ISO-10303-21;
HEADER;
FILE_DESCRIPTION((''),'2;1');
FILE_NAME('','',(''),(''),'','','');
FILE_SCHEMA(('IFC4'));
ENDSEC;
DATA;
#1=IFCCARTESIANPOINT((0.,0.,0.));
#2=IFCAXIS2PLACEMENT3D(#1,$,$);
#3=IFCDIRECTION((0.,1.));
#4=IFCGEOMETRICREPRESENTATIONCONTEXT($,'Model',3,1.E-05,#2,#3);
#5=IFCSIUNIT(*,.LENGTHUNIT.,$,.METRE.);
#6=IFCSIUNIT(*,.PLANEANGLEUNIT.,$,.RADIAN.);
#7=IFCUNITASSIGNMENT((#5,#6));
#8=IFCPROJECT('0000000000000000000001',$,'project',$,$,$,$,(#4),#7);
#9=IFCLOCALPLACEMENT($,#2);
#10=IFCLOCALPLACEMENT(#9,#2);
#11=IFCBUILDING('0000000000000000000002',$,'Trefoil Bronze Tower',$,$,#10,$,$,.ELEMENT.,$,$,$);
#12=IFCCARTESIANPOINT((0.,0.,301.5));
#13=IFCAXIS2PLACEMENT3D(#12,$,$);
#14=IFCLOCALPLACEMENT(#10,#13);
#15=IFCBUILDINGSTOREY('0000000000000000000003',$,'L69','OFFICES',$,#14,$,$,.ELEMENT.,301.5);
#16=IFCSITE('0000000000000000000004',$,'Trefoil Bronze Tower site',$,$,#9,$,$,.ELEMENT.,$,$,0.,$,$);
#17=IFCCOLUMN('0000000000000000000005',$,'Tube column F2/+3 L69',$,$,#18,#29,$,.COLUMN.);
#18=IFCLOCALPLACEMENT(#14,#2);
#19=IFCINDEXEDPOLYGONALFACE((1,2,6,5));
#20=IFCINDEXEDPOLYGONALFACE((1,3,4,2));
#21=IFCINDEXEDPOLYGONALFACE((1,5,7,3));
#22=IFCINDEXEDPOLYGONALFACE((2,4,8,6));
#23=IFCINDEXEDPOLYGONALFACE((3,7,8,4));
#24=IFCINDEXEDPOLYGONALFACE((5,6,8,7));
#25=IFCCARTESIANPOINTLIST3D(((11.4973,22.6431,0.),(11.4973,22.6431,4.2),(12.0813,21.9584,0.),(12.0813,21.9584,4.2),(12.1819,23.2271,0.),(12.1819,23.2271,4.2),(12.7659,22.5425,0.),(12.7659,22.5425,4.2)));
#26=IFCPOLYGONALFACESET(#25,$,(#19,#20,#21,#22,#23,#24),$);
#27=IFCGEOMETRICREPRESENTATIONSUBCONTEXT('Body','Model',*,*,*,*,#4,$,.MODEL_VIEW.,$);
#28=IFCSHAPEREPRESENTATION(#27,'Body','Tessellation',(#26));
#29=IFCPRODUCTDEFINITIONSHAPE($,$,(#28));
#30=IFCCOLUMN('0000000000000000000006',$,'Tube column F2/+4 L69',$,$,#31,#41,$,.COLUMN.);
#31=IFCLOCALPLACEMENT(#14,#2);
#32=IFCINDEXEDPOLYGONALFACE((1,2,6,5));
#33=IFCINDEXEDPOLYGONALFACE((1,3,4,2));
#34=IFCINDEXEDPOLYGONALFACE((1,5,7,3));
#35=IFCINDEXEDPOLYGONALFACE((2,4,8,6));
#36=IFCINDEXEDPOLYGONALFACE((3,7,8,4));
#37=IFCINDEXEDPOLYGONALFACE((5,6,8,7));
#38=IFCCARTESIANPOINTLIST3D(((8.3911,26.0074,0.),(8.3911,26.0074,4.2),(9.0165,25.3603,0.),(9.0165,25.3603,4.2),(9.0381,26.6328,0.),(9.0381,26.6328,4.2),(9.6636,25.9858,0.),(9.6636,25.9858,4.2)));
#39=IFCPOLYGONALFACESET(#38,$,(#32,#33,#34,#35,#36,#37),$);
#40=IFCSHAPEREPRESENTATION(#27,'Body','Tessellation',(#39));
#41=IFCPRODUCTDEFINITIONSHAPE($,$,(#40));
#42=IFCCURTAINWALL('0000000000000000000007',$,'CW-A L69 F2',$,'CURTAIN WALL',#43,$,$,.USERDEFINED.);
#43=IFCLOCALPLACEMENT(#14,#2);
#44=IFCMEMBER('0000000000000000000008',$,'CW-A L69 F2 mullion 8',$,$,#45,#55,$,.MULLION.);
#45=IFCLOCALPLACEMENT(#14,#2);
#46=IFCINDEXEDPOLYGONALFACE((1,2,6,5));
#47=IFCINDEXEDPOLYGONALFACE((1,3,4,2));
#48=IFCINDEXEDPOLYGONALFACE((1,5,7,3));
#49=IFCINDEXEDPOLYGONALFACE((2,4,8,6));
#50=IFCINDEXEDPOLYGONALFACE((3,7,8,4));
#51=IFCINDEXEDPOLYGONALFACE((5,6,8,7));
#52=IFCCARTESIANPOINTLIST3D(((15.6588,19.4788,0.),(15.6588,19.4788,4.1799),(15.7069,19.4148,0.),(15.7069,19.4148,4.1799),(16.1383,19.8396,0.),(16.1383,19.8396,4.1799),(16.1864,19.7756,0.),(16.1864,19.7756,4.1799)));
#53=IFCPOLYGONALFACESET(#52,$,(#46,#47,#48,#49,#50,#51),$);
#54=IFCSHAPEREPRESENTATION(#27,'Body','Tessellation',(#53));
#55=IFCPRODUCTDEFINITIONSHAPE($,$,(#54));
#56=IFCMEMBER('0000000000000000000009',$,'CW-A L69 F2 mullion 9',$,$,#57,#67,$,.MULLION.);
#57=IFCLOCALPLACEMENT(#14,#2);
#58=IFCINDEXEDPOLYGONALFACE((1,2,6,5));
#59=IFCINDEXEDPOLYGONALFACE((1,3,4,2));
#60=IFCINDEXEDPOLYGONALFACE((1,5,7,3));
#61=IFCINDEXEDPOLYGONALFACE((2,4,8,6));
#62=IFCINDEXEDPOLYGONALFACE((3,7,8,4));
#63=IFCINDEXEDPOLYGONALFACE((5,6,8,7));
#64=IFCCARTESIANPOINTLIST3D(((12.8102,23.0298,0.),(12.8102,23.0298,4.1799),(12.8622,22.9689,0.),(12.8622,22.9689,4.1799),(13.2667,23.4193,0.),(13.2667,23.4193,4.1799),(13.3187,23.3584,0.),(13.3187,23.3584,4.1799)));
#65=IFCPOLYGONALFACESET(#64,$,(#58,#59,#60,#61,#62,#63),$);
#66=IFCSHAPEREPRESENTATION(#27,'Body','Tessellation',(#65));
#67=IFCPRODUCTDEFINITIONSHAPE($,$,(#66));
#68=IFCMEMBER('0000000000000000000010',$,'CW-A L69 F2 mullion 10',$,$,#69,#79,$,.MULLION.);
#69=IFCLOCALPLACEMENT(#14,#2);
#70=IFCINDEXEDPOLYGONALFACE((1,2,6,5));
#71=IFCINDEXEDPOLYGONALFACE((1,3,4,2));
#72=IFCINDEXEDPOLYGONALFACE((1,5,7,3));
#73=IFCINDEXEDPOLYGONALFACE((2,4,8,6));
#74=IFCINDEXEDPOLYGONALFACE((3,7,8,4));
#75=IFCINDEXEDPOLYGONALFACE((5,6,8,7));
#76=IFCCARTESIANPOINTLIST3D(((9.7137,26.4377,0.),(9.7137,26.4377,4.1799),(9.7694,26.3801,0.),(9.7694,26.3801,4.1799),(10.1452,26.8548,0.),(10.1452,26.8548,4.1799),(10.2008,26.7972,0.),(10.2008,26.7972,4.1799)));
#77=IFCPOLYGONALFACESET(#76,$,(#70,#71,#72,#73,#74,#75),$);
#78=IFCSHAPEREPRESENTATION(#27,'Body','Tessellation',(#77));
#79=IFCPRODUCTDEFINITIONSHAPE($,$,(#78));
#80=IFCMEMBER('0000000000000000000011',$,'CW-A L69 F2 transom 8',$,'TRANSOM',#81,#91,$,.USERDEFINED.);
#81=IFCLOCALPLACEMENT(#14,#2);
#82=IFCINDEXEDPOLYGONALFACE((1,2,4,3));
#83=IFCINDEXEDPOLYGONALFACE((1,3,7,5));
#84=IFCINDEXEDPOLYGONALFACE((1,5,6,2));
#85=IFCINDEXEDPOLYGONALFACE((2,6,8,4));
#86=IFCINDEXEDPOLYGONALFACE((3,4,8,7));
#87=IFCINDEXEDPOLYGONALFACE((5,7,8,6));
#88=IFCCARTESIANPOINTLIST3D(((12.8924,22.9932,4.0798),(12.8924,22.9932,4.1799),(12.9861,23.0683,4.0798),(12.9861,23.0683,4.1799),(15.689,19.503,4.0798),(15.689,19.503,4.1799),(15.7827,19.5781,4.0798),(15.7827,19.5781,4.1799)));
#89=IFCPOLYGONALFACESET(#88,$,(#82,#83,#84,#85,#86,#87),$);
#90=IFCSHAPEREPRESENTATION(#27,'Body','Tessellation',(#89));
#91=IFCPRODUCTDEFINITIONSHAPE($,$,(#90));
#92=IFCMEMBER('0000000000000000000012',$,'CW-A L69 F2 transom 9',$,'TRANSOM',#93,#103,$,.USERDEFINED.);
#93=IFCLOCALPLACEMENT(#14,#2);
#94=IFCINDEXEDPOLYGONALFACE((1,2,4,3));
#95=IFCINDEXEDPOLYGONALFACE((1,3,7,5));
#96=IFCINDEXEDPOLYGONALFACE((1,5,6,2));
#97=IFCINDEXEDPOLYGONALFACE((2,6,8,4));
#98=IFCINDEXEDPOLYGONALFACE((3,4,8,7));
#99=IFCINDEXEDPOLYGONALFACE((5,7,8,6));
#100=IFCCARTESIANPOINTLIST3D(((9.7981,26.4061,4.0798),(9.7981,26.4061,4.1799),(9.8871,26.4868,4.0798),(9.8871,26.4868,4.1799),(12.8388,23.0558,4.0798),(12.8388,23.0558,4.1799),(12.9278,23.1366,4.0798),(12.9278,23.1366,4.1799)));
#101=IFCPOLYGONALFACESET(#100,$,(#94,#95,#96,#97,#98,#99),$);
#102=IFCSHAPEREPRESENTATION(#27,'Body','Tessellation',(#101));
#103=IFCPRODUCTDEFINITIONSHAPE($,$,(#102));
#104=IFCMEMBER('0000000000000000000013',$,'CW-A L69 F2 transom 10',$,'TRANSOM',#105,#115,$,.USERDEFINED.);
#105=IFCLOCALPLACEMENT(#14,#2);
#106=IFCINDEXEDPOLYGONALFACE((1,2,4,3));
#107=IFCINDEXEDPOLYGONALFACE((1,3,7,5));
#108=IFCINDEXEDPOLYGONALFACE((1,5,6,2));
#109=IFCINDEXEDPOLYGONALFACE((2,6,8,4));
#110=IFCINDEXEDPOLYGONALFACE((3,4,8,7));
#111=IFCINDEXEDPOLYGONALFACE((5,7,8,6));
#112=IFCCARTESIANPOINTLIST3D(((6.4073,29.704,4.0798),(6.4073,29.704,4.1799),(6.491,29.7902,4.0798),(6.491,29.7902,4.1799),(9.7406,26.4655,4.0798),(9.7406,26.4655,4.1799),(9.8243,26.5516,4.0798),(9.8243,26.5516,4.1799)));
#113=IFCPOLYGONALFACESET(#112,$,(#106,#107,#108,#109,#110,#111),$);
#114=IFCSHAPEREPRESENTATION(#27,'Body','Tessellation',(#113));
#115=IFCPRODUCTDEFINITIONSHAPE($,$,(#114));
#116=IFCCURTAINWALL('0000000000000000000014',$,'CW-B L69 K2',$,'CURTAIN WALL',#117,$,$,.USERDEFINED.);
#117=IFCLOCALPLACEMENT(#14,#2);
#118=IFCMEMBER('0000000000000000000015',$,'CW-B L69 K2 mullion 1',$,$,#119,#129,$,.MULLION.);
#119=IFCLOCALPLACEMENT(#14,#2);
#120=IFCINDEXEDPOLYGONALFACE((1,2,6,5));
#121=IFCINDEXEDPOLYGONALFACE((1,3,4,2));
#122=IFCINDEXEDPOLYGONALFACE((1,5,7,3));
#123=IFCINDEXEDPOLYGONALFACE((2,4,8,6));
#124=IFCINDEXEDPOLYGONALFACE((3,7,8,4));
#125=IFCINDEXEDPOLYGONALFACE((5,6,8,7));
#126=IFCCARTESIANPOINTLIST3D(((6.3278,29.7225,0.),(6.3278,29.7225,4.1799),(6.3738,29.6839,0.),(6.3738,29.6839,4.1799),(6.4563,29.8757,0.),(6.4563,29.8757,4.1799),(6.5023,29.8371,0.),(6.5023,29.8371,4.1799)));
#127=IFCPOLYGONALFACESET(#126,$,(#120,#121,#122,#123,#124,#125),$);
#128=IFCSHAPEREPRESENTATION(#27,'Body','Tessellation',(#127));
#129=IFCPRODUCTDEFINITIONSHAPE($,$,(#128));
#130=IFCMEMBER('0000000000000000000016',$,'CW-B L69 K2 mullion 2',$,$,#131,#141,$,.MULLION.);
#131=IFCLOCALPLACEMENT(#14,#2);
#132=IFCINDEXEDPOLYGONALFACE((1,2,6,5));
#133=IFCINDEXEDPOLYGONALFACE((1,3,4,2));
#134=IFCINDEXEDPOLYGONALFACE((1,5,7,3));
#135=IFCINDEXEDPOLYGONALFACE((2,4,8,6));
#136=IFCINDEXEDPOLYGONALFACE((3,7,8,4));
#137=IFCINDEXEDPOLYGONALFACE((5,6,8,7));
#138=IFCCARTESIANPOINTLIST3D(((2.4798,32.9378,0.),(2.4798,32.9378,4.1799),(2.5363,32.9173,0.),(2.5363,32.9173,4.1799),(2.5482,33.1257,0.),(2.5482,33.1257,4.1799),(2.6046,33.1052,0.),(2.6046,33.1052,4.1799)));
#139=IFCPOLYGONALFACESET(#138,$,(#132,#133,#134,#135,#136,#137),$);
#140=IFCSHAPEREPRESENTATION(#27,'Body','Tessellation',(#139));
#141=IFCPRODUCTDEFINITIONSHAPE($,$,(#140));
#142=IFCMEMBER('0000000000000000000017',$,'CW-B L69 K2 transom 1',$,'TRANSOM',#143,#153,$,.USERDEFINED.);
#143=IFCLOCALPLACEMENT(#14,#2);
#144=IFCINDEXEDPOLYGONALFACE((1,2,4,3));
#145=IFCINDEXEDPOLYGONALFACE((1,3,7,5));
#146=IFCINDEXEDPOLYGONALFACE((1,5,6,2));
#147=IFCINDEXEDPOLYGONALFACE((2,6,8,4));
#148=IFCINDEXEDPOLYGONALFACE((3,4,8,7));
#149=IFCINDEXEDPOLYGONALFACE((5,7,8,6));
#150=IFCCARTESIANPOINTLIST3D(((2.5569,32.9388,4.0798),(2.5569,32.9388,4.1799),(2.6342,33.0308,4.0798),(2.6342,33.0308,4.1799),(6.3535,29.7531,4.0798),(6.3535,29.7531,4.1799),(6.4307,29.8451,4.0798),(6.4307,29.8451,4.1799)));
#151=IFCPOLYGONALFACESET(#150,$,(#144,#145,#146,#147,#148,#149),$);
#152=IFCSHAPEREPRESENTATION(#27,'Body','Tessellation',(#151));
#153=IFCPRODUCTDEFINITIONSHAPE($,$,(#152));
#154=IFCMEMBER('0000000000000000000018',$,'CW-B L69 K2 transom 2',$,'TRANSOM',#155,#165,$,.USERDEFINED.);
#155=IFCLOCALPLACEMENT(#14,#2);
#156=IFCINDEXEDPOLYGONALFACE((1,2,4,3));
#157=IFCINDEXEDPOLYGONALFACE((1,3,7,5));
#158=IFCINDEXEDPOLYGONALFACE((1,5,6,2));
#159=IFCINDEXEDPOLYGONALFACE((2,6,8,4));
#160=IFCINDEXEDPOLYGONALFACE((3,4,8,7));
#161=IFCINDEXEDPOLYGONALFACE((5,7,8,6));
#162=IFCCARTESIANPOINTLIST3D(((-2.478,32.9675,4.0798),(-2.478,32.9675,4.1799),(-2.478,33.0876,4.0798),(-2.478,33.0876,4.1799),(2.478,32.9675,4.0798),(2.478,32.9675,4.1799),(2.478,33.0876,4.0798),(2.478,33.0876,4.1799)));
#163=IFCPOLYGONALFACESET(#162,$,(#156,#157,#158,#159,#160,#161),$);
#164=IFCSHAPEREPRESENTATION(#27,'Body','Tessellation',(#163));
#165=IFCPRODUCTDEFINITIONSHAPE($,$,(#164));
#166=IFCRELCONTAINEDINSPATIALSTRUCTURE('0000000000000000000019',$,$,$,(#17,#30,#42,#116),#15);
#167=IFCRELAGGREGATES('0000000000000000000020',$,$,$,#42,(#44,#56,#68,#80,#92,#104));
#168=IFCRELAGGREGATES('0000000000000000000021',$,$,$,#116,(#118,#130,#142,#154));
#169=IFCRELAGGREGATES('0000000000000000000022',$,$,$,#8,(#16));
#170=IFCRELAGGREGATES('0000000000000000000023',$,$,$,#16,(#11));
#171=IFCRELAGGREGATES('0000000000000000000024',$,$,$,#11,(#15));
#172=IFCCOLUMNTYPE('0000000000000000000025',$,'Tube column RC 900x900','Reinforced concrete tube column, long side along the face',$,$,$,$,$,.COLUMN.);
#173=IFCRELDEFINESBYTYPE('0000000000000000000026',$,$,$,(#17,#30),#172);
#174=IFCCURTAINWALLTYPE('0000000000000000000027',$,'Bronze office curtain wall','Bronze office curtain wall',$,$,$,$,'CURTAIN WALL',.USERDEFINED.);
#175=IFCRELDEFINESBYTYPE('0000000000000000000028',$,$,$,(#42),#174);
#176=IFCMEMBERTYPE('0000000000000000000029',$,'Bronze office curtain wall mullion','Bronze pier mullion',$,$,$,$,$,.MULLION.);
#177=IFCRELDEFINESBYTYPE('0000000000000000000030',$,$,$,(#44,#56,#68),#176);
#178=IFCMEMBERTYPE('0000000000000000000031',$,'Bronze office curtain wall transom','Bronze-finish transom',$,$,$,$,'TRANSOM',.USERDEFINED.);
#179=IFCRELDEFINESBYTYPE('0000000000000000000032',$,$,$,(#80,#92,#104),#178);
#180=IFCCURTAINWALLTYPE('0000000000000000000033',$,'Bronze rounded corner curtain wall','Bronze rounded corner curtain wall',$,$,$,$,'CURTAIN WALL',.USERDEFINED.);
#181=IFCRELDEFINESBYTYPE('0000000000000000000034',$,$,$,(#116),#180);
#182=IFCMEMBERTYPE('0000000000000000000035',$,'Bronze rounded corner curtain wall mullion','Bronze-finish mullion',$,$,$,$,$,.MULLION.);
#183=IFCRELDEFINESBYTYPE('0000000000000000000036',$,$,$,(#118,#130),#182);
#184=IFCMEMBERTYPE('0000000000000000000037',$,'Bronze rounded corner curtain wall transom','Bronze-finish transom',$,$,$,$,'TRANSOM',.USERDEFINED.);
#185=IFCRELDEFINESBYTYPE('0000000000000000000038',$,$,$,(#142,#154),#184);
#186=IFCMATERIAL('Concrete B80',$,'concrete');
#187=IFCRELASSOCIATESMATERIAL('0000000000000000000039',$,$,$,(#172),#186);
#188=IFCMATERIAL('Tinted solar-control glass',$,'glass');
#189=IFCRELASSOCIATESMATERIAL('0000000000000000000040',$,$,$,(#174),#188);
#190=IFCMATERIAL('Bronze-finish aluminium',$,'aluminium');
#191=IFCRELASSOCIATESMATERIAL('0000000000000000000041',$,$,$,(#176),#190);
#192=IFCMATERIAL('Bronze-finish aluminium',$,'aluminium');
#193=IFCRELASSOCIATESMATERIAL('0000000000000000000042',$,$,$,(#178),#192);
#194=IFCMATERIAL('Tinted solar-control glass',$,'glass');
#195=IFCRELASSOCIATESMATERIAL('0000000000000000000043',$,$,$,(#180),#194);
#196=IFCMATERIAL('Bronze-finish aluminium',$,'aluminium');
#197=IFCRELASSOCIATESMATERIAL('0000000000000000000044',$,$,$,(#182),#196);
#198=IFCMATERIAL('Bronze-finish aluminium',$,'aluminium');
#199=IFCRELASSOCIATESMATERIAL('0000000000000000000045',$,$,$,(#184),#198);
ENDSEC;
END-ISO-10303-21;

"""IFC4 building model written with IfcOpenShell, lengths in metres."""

from ifc_helpers import new_model, si_unit, direction, frame, origin, origin_2d, place, context, subcontext, project, spatial, rectangle, extrude, material, material_profile, profile_set, type_object, element, aggregate, save


model = new_model("IFC4")

# Units and contexts
model_context = context("Model", 3, precision=1e-05, world=origin(), true_north=direction((0.0, 1.0)))
body_context = subcontext(model_context, "Body", "Model", "MODEL_VIEW")
ifc_project = project(units=[si_unit("LENGTHUNIT", "METRE"), si_unit("PLANEANGLEUNIT", "RADIAN")], contexts=[model_context])

# Site, building, storey
site_placement = place(None, origin())
site = spatial("IfcSite", under=ifc_project, at=site_placement, Name="Trefoil Bronze Tower site", CompositionType="ELEMENT", RefElevation=0.0)
building_placement = place(site_placement, origin())
building = spatial("IfcBuilding", under=site, at=building_placement, Name="Trefoil Bronze Tower", CompositionType="ELEMENT")
storey_placement = place(building_placement, frame((0.0, 0.0, 301.5)))
storey = spatial("IfcBuildingStorey", under=building, at=storey_placement, Name="L69", Description="OFFICES", CompositionType="ELEMENT", Elevation=301.5)

# Columns
ifc_material_1 = material(Name="Concrete B80", Category="concrete")
ifc_material_profile_1 = material_profile(ifc_material_1, rectangle(XDim=0.8999, YDim=0.8999, at=origin_2d()), Name="RC 900x900")
ifc_profile_set_1 = profile_set([ifc_material_profile_1], Name="Concrete B80")
column_type = type_object("IfcColumnType", Name="Tube column RC 900x900", Description="Reinforced concrete tube column, long side along the face", PredefinedType="COLUMN", material=ifc_profile_set_1)
for number, where, z_axis, x_axis, name in (
    (1, (12.1316, 22.5928, 0.0), (0.0, 0.0, 1.0), (-0.649008, 0.760781, 0.0), "Tube column F2/+3 L69"),
    (2, (9.0273, 25.9966, 0.0), (0.0, 0.0, 1.0), (-0.695009, 0.719001, 0.0), "Tube column F2/+4 L69"),
):
    element("IfcColumn", number, at=place(storey_placement, frame(where, z_axis=z_axis, x_axis=x_axis)), inside=storey, type_object=column_type, Name=name, PredefinedType="COLUMN", context=body_context, shape_type="SweptSolid", body=[
        extrude(rectangle(XDim=0.8999, YDim=0.8999, at=origin_2d()), origin(), (0.0, 0.0, 1.0), 4.2),
    ])

# Curtain walls, members
ifc_material_2 = material(Name="Tinted solar-control glass", Category="glass")
curtain_wall_type_1 = type_object("IfcCurtainWallType", Name="Bronze office curtain wall", Description="Bronze office curtain wall", ElementType="CURTAIN WALL", PredefinedType="USERDEFINED", material=ifc_material_2)
curtain_wall_1_placement = place(storey_placement, origin())
curtain_wall_1 = element("IfcCurtainWall", 3, at=curtain_wall_1_placement, inside=storey, type_object=curtain_wall_type_1, Name="CW-A L69 F2", ObjectType="CURTAIN WALL", PredefinedType="USERDEFINED")
ifc_material_3 = material(Name="Bronze-finish aluminium", Category="aluminium")
ifc_material_profile_2 = material_profile(ifc_material_3, rectangle(XDim=0.6001, YDim=0.0801, at=origin_2d()), Name="CW-A mullion")
ifc_profile_set_2 = profile_set([ifc_material_profile_2], Name="Bronze-finish aluminium")
member_type_1 = type_object("IfcMemberType", Name="Bronze office curtain wall mullion", Description="Bronze pier mullion", PredefinedType="MULLION", material=ifc_profile_set_2)
member_1_placement = place(storey_placement, frame((15.9226, 19.6272, 0.0), z_axis=(0.0, 0.0, 1.0), x_axis=(-0.799096, -0.601203, 0.0)))
member_1 = element("IfcMember", 4, at=member_1_placement, type_object=member_type_1, Name="CW-A L69 F2 mullion 8", PredefinedType="MULLION", context=body_context, shape_type="SweptSolid", body=[
    extrude(rectangle(XDim=0.6001, YDim=0.0801, at=origin_2d()), origin(), (0.0, 0.0, 1.0), 4.1799),
])
member_2_placement = place(storey_placement, frame((13.0645, 23.1941, 0.0), z_axis=(0.0, 0.0, 1.0), x_axis=(-0.760781, -0.649008, 0.0)))
member_2 = element("IfcMember", 5, at=member_2_placement, type_object=member_type_1, Name="CW-A L69 F2 mullion 9", PredefinedType="MULLION", context=body_context, shape_type="SweptSolid", body=[
    extrude(rectangle(XDim=0.6001, YDim=0.0801, at=origin_2d()), origin(), (0.0, 0.0, 1.0), 4.1799),
])
member_3_placement = place(storey_placement, frame((9.9573, 26.6174, 0.0), z_axis=(0.0, 0.0, 1.0), x_axis=(-0.719001, -0.695009, 0.0)))
member_3 = element("IfcMember", 6, at=member_3_placement, type_object=member_type_1, Name="CW-A L69 F2 mullion 10", PredefinedType="MULLION", context=body_context, shape_type="SweptSolid", body=[
    extrude(rectangle(XDim=0.6001, YDim=0.0801, at=origin_2d()), origin(), (0.0, 0.0, 1.0), 4.1799),
])
ifc_material_4 = material(Name="Bronze-finish aluminium", Category="aluminium")
ifc_material_profile_3 = material_profile(ifc_material_4, rectangle(XDim=0.1201, YDim=0.1001, at=origin_2d()), Name="CW-A transom")
ifc_profile_set_3 = profile_set([ifc_material_profile_3], Name="Bronze-finish aluminium")
member_type_2 = type_object("IfcMemberType", Name="Bronze office curtain wall transom", Description="Bronze-finish transom", ElementType="TRANSOM", PredefinedType="USERDEFINED", material=ifc_profile_set_3)
member_4_placement = place(storey_placement, frame((15.7358, 19.5405, 4.1299), z_axis=(-0.625301, 0.780384, 0.0), x_axis=(-0.780384, -0.625301, 0.0)))
member_4 = element("IfcMember", 7, at=member_4_placement, type_object=member_type_2, Name="CW-A L69 F2 transom 8", ObjectType="TRANSOM", PredefinedType="USERDEFINED", context=body_context, shape_type="SweptSolid", body=[
    extrude(rectangle(XDim=0.1201, YDim=0.1001, at=origin_2d()), origin(), (0.0, 0.0, 1.0), 4.4724),
])
member_5_placement = place(storey_placement, frame((12.8833, 23.0962, 4.1299), z_axis=(-0.672068, 0.740489, 0.0), x_axis=(-0.740489, -0.672068, 0.0)))
member_5 = element("IfcMember", 8, at=member_5_placement, type_object=member_type_2, Name="CW-A L69 F2 transom 9", ObjectType="TRANSOM", PredefinedType="USERDEFINED", context=body_context, shape_type="SweptSolid", body=[
    extrude(rectangle(XDim=0.1201, YDim=0.1001, at=origin_2d()), origin(), (0.0, 0.0, 1.0), 4.5244),
])
member_6_placement = place(storey_placement, frame((9.7825, 26.5085, 4.1299), z_axis=(-0.717225, 0.696842, 0.0), x_axis=(-0.696842, -0.717225, 0.0)))
member_6 = element("IfcMember", 9, at=member_6_placement, type_object=member_type_2, Name="CW-A L69 F2 transom 10", ObjectType="TRANSOM", PredefinedType="USERDEFINED", context=body_context, shape_type="SweptSolid", body=[
    extrude(rectangle(XDim=0.1201, YDim=0.1001, at=origin_2d()), origin(), (0.0, 0.0, 1.0), 4.6475),
])
ifc_material_5 = material(Name="Tinted solar-control glass", Category="glass")
curtain_wall_type_2 = type_object("IfcCurtainWallType", Name="Bronze rounded corner curtain wall", Description="Bronze rounded corner curtain wall", ElementType="CURTAIN WALL", PredefinedType="USERDEFINED", material=ifc_material_5)
curtain_wall_2_placement = place(storey_placement, origin())
curtain_wall_2 = element("IfcCurtainWall", 10, at=curtain_wall_2_placement, inside=storey, type_object=curtain_wall_type_2, Name="CW-B L69 K2", ObjectType="CURTAIN WALL", PredefinedType="USERDEFINED")
ifc_material_6 = material(Name="Bronze-finish aluminium", Category="aluminium")
ifc_material_profile_4 = material_profile(ifc_material_6, rectangle(XDim=0.2, YDim=0.0601, at=origin_2d()), Name="CW-B mullion")
ifc_profile_set_4 = profile_set([ifc_material_profile_4], Name="Bronze-finish aluminium")
member_type_3 = type_object("IfcMemberType", Name="Bronze rounded corner curtain wall mullion", Description="Bronze-finish mullion", PredefinedType="MULLION", material=ifc_profile_set_4)
member_7_placement = place(storey_placement, frame((6.415, 29.7798, 0.0), z_axis=(0.0, 0.0, 1.0), x_axis=(-0.642788, -0.766044, 0.0)))
member_7 = element("IfcMember", 11, at=member_7_placement, type_object=member_type_3, Name="CW-B L69 K2 mullion 1", PredefinedType="MULLION", context=body_context, shape_type="SweptSolid", body=[
    extrude(rectangle(XDim=0.2, YDim=0.0601, at=origin_2d()), origin(), (0.0, 0.0, 1.0), 4.1799),
])
member_8_placement = place(storey_placement, frame((2.5422, 33.0215, 0.0), z_axis=(0.0, 0.0, 1.0), x_axis=(-0.34202, -0.939693, 0.0)))
member_8 = element("IfcMember", 12, at=member_8_placement, type_object=member_type_3, Name="CW-B L69 K2 mullion 2", PredefinedType="MULLION", context=body_context, shape_type="SweptSolid", body=[
    extrude(rectangle(XDim=0.2, YDim=0.0601, at=origin_2d()), origin(), (0.0, 0.0, 1.0), 4.1799),
])
ifc_material_7 = material(Name="Bronze-finish aluminium", Category="aluminium")
ifc_material_profile_5 = material_profile(ifc_material_7, rectangle(XDim=0.1201, YDim=0.1001, at=origin_2d()), Name="CW-B transom")
ifc_profile_set_5 = profile_set([ifc_material_profile_5], Name="Bronze-finish aluminium")
member_type_4 = type_object("IfcMemberType", Name="Bronze rounded corner curtain wall transom", Description="Bronze-finish transom", ElementType="TRANSOM", PredefinedType="USERDEFINED", material=ifc_profile_set_5)
member_9_placement = place(storey_placement, frame((6.3921, 29.7991, 4.1299), z_axis=(-0.766041, 0.642792, 0.0), x_axis=(-0.642792, -0.766041, 0.0)))
member_9 = element("IfcMember", 13, at=member_9_placement, type_object=member_type_4, Name="CW-B L69 K2 transom 1", ObjectType="TRANSOM", PredefinedType="USERDEFINED", context=body_context, shape_type="SweptSolid", body=[
    extrude(rectangle(XDim=0.1201, YDim=0.1001, at=origin_2d()), origin(), (0.0, 0.0, 1.0), 4.9561),
])
member_10_placement = place(storey_placement, frame((2.478, 33.0276, 4.1299), z_axis=(-1.0, 0.0, 0.0), x_axis=(0.0, -1.0, 0.0)))
member_10 = element("IfcMember", 14, at=member_10_placement, type_object=member_type_4, Name="CW-B L69 K2 transom 2", ObjectType="TRANSOM", PredefinedType="USERDEFINED", context=body_context, shape_type="SweptSolid", body=[
    extrude(rectangle(XDim=0.1201, YDim=0.1001, at=origin_2d()), origin(), (0.0, 0.0, 1.0), 4.9561),
])

aggregate(curtain_wall_1, [member_1, member_2, member_3, member_4, member_5, member_6])
aggregate(curtain_wall_2, [member_7, member_8, member_9, member_10])

save(model, "model.ifc")
